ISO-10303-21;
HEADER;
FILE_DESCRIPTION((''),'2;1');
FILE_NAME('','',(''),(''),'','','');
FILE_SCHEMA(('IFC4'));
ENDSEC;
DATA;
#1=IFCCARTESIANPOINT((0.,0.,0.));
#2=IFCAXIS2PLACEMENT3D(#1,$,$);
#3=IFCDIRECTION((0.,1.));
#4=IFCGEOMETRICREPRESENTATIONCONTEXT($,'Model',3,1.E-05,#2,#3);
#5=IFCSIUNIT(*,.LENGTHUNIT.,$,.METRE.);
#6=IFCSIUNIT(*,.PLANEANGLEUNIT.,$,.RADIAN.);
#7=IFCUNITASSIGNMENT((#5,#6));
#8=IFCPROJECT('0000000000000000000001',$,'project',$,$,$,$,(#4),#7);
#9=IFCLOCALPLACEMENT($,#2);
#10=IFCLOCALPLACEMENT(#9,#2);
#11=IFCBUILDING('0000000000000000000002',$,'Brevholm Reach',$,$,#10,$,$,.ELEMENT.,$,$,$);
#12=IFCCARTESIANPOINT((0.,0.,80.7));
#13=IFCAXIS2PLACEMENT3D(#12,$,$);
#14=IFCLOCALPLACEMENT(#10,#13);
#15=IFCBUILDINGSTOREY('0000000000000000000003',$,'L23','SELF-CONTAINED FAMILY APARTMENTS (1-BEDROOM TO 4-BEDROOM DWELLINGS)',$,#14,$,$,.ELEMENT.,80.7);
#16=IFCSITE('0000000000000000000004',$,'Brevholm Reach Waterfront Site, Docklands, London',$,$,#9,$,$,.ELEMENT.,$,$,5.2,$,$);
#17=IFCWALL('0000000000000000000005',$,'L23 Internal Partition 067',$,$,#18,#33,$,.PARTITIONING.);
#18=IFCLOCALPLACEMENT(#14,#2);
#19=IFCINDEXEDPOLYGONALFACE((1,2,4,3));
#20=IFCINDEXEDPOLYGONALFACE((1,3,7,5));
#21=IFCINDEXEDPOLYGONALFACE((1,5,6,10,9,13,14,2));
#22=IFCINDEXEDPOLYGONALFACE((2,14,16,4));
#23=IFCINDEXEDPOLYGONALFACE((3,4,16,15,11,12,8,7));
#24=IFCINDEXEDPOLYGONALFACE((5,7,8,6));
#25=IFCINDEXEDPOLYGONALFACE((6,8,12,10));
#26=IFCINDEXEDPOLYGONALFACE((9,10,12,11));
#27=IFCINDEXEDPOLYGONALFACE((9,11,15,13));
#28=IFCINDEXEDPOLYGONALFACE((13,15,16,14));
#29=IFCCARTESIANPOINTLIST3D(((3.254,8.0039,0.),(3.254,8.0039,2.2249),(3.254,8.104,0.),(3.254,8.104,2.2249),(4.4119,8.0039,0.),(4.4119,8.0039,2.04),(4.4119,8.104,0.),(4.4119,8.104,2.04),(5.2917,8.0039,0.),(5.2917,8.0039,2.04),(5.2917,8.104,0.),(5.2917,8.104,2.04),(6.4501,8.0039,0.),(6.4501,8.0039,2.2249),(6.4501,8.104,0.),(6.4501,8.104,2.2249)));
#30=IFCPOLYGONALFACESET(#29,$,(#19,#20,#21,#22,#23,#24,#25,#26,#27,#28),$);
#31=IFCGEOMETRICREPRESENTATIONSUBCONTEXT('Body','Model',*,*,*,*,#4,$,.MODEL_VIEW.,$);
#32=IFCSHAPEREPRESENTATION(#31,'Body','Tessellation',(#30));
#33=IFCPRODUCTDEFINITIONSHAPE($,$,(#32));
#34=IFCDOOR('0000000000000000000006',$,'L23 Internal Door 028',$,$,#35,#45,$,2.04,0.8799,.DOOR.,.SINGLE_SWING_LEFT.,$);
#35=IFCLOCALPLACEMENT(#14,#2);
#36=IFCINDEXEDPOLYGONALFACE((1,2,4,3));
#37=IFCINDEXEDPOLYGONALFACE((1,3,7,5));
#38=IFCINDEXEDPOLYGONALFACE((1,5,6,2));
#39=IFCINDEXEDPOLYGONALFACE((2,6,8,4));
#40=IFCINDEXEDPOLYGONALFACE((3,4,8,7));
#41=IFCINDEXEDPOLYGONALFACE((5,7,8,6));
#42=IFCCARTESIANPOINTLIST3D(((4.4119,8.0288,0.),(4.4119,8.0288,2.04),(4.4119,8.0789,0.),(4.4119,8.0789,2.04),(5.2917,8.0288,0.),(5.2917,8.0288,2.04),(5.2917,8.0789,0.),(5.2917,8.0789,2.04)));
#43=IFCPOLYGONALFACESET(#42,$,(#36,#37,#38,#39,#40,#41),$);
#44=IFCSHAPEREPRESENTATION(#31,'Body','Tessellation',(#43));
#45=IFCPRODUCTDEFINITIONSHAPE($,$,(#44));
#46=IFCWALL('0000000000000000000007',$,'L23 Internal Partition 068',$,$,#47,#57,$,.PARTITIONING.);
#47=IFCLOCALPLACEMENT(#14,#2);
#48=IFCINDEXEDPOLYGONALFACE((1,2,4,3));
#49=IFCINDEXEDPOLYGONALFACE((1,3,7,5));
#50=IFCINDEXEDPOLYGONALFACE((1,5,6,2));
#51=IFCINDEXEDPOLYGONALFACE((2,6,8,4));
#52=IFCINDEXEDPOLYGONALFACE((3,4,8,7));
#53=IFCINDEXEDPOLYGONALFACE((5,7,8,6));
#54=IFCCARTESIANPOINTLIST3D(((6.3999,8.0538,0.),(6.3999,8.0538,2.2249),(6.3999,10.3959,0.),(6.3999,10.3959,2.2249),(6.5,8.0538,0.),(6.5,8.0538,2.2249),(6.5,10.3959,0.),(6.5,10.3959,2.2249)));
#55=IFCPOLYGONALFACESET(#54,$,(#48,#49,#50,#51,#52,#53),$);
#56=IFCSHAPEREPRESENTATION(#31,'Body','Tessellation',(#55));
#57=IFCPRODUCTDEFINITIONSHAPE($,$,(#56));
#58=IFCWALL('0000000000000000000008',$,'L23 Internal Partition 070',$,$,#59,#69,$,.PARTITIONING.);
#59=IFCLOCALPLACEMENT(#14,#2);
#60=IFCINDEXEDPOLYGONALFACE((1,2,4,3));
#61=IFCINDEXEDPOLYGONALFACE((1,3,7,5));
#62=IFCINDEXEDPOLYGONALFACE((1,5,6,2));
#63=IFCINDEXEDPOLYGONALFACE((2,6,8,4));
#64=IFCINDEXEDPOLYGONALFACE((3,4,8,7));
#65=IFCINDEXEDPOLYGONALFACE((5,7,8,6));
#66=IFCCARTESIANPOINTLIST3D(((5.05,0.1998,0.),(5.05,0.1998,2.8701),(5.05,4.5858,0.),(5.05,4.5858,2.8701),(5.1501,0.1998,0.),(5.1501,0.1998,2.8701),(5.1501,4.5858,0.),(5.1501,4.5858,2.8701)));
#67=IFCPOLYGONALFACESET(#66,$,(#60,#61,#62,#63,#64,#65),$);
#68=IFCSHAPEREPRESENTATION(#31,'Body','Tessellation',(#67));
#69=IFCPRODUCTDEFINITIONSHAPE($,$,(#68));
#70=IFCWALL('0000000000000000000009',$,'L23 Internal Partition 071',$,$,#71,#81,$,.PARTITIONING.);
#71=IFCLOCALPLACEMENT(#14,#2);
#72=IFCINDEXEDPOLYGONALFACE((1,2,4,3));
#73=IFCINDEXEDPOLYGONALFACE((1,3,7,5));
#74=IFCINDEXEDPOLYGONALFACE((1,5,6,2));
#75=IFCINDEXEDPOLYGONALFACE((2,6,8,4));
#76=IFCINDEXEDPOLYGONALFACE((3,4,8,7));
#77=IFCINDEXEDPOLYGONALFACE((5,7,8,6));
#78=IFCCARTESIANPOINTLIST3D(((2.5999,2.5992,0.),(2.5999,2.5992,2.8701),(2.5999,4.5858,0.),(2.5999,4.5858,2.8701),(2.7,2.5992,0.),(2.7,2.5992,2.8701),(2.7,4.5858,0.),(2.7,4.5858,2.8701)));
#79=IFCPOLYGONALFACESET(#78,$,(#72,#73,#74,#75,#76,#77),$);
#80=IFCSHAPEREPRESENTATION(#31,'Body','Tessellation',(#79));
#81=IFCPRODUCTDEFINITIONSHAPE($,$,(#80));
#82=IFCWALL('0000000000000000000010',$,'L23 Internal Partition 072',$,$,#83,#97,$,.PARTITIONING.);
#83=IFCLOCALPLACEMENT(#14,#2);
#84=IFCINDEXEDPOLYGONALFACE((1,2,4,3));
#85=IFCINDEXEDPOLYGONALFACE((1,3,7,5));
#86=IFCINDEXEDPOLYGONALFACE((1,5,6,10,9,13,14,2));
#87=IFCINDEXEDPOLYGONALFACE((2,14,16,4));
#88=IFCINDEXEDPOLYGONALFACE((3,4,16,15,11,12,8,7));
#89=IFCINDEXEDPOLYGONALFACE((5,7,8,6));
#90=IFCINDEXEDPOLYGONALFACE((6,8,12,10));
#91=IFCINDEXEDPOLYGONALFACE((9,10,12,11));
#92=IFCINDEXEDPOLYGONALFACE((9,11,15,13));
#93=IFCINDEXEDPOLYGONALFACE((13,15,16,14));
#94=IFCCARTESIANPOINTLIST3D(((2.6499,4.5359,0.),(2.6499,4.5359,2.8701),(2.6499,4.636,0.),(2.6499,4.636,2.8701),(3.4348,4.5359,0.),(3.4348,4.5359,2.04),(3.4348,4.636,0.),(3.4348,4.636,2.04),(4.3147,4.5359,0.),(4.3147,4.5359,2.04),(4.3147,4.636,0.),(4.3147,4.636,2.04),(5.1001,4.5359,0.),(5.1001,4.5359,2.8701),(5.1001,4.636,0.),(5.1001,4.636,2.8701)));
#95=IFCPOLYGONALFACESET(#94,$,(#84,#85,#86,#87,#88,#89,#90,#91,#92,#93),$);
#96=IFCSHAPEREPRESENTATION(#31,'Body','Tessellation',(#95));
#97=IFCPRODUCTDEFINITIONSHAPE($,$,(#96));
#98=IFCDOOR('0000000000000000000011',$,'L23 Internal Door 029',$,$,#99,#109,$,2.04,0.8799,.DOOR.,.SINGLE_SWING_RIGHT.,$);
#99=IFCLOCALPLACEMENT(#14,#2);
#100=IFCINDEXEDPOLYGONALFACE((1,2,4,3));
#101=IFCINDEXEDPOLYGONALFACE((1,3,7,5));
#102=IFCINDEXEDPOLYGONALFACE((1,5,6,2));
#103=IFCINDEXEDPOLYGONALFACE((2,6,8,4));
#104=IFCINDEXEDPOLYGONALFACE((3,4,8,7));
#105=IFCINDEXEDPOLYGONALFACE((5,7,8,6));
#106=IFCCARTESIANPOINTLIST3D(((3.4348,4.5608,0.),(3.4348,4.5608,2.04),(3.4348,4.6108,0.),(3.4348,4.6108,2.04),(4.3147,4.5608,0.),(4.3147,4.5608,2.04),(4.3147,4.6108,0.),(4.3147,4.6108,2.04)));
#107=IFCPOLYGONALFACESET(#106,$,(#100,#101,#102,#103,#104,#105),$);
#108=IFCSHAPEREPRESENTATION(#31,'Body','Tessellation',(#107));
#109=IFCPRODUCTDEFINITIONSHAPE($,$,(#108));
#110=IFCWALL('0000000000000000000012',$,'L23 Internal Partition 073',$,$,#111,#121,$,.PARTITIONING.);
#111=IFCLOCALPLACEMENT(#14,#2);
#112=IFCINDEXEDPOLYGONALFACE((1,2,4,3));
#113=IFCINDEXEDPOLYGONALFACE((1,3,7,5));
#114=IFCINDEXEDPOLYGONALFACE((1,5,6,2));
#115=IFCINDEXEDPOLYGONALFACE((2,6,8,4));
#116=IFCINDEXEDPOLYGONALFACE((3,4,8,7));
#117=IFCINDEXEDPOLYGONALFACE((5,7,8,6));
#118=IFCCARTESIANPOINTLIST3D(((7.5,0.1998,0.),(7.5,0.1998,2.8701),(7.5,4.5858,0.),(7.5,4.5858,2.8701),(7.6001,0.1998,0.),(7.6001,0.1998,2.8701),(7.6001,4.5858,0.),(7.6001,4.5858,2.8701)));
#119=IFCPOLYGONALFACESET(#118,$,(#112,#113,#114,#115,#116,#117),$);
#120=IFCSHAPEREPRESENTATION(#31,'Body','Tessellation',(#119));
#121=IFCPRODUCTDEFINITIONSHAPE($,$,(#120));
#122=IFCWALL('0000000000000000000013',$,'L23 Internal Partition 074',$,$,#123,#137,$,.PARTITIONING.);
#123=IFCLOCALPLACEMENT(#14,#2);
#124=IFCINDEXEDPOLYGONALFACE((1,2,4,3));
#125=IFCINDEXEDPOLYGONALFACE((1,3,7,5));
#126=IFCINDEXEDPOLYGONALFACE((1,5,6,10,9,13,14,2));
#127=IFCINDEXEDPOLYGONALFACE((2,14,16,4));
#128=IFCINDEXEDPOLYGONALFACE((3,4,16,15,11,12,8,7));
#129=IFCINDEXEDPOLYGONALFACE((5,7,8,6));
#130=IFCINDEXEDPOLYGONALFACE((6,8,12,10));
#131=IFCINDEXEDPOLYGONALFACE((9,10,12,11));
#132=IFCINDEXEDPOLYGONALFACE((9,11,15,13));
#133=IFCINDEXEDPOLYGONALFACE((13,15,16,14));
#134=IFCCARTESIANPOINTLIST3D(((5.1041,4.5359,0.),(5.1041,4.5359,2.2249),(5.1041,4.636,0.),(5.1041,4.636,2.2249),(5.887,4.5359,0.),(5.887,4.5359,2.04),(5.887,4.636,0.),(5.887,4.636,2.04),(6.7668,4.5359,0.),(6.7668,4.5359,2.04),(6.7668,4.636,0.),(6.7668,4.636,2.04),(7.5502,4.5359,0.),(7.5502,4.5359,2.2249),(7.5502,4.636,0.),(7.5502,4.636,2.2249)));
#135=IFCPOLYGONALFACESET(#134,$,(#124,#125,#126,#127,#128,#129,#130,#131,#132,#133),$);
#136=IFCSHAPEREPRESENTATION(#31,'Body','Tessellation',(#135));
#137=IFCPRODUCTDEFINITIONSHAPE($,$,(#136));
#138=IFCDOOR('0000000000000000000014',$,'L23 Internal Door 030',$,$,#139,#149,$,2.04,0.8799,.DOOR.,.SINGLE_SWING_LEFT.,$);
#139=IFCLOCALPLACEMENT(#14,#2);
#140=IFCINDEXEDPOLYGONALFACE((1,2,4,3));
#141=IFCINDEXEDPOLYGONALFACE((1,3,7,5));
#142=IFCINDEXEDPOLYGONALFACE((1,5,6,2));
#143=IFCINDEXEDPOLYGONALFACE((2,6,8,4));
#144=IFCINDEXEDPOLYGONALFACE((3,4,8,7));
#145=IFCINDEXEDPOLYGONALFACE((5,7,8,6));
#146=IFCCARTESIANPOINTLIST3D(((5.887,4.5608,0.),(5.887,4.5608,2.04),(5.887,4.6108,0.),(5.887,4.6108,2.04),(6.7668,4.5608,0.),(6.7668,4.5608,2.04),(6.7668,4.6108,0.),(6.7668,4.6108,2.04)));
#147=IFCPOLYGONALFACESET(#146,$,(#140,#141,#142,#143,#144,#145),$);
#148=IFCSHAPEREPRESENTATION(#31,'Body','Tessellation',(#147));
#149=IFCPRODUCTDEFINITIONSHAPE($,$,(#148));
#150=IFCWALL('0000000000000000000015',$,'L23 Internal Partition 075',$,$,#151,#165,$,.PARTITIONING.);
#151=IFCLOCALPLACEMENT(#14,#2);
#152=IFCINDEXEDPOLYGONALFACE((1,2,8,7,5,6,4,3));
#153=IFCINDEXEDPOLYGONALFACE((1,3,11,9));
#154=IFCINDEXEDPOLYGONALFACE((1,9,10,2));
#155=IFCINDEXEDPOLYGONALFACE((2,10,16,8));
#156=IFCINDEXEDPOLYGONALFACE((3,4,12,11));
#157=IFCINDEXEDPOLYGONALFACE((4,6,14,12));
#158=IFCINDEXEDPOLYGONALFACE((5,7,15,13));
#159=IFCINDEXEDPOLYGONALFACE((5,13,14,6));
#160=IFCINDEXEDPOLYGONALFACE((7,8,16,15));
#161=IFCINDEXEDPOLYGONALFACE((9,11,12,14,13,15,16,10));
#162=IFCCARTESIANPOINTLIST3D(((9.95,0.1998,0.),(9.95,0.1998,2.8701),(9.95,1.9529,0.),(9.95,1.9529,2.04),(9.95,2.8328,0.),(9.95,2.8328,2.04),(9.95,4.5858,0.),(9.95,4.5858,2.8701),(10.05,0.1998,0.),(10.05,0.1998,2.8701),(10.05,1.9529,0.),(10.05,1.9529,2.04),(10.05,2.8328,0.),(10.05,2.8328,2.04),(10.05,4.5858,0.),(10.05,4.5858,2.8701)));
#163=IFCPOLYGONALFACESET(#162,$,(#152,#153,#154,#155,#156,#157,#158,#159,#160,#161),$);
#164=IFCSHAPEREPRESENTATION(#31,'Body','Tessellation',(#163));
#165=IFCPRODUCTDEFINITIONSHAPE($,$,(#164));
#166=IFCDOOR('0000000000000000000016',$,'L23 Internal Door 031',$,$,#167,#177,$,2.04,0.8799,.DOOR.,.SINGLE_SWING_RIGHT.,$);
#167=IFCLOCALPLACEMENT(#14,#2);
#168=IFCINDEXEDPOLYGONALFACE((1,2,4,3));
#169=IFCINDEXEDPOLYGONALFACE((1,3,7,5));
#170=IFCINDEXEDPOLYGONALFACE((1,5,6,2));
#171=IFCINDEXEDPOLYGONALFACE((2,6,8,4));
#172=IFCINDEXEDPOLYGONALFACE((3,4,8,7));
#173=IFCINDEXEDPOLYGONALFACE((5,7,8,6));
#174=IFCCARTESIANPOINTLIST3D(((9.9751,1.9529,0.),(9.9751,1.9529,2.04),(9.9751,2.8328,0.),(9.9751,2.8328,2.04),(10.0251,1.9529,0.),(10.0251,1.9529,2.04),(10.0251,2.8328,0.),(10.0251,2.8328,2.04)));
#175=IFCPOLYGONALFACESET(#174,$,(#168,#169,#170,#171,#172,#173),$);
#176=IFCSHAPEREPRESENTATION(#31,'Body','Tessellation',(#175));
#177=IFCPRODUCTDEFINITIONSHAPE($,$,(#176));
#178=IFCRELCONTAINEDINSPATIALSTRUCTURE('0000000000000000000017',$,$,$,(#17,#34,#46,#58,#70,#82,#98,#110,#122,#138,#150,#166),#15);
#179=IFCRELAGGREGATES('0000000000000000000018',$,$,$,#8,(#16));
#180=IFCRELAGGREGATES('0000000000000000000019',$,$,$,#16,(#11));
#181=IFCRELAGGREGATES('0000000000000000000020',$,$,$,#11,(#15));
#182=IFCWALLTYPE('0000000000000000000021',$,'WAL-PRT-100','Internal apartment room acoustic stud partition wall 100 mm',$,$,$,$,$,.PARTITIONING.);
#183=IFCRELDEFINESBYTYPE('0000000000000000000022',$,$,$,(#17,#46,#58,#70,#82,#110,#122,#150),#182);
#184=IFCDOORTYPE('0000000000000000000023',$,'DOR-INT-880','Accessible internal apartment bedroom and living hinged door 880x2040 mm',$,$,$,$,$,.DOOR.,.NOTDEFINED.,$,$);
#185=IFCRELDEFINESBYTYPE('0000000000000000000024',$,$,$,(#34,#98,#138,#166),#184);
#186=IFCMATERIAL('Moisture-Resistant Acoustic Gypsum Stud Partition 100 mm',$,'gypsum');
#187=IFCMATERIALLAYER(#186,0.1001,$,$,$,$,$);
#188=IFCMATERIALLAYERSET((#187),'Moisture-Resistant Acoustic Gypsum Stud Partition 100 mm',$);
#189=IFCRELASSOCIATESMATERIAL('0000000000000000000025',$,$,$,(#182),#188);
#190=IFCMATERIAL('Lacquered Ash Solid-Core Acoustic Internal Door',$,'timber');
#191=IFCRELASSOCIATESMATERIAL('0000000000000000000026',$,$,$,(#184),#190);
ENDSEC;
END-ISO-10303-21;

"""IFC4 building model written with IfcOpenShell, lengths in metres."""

from ifc_helpers import new_model, si_unit, direction, frame, frame_2d, origin, place, context, subcontext, project, spatial, rectangle, extrude, material, layer, layer_set, type_object, element, fill, save


model = new_model("IFC4")

# Units and contexts
model_context = context("Model", 3, precision=1e-05, world=origin(), true_north=direction((0.0, 1.0)))
body_context = subcontext(model_context, "Body", "Model", "MODEL_VIEW")
ifc_project = project(units=[si_unit("LENGTHUNIT", "METRE"), si_unit("PLANEANGLEUNIT", "RADIAN")], contexts=[model_context])

# Site, building, storey
site_placement = place(None, origin())
site = spatial("IfcSite", under=ifc_project, at=site_placement, Name="Brevholm Reach Waterfront Site, Docklands, London", CompositionType="ELEMENT", RefElevation=5.2)
building_placement = place(site_placement, origin())
building = spatial("IfcBuilding", under=site, at=building_placement, Name="Brevholm Reach", CompositionType="ELEMENT")
storey_placement = place(building_placement, frame((0.0, 0.0, 80.7)))
storey = spatial("IfcBuildingStorey", under=building, at=storey_placement, Name="L23", Description="SELF-CONTAINED FAMILY APARTMENTS (1-BEDROOM TO 4-BEDROOM DWELLINGS)", CompositionType="ELEMENT", Elevation=80.7)

# Shared definitions
ifc_material_1 = material(Name="Moisture-Resistant Acoustic Gypsum Stud Partition 100 mm", Category="gypsum")
ifc_layer_1 = layer(ifc_material_1, 0.1001)
ifc_layer_set_1 = layer_set([ifc_layer_1], Name="Moisture-Resistant Acoustic Gypsum Stud Partition 100 mm")
wall_type_1 = type_object("IfcWallType", Name="WAL-PRT-100", Description="Internal apartment room acoustic stud partition wall 100 mm", PredefinedType="PARTITIONING", material=ifc_layer_set_1)

# Wall, opening, door
wall_1_placement = place(storey_placement, frame((3.2539, 8.054, 0.0), z_axis=(0.0, 0.0, 1.0), x_axis=(1.0, 0.0, 0.0)))
wall_1 = element("IfcWall", 1, at=wall_1_placement, inside=storey, type_object=wall_type_1, Name="L23 Internal Partition 067", PredefinedType="PARTITIONING", context=body_context, shape_type="SweptSolid", body=[
    extrude(rectangle(XDim=3.196, YDim=0.1001, at=frame_2d((1.5981, 0.0))), origin(), (0.0, 0.0, 1.0), 2.2249),
])
opening_1_placement = place(wall_1_placement, frame((1.158, 0.0, 0.0)))
opening_1 = element("IfcOpeningElement", 2, at=opening_1_placement, cuts=wall_1, PredefinedType="OPENING", context=body_context, shape_type="SweptSolid", body=[
    extrude(rectangle(XDim=0.8799, YDim=2.04, at=frame_2d((0.4399, 1.02))), frame((0.0, 0.0601, 0.0), z_axis=(0.0, -1.0, 0.0), x_axis=(1.0, 0.0, 0.0)), (0.0, 0.0, 1.0), 0.1201),
])
ifc_material_2 = material(Name="Lacquered Ash Solid-Core Acoustic Internal Door", Category="timber")
door_type_1 = type_object("IfcDoorType", Name="DOR-INT-880", Description="Accessible internal apartment bedroom and living hinged door 880x2040 mm", OperationType="NOTDEFINED", PredefinedType="DOOR", material=ifc_material_2)
door_1_placement = place(opening_1_placement, origin())
door_1 = element("IfcDoor", 3, at=door_1_placement, inside=storey, type_object=door_type_1, Name="L23 Internal Door 028", OperationType="SINGLE_SWING_LEFT", OverallHeight=2.04, OverallWidth=0.8799, PredefinedType="DOOR", context=body_context, shape_type="SweptSolid", body=[
    extrude(rectangle(XDim=0.8799, YDim=2.04, at=frame_2d((0.4399, 1.02))), frame((0.0, 0.0249, 0.0), z_axis=(0.0, -1.0, 0.0), x_axis=(1.0, 0.0, 0.0)), (0.0, 0.0, 1.0), 0.05),
])
fill(opening_1, door_1)

# Walls
wall_2_placement = place(storey_placement, frame((6.45, 8.054, 0.0), z_axis=(0.0, 0.0, 1.0), x_axis=(0.0, 1.0, 0.0)))
element("IfcWall", 4, at=wall_2_placement, inside=storey, type_object=wall_type_1, Name="L23 Internal Partition 068", PredefinedType="PARTITIONING", context=body_context, shape_type="SweptSolid", body=[
    extrude(rectangle(XDim=2.342, YDim=0.1001, at=frame_2d((1.1709, 0.0))), origin(), (0.0, 0.0, 1.0), 2.2249),
])
wall_3_placement = place(storey_placement, frame((5.1001, 0.2, 0.0), z_axis=(0.0, 0.0, 1.0), x_axis=(0.0, 1.0, 0.0)))
element("IfcWall", 5, at=wall_3_placement, inside=storey, type_object=wall_type_1, Name="L23 Internal Partition 070", PredefinedType="PARTITIONING", context=body_context, shape_type="SweptSolid", body=[
    extrude(rectangle(XDim=4.386, YDim=0.1001, at=frame_2d((2.1929, 0.0))), origin(), (0.0, 0.0, 1.0), 2.8701),
])
wall_4_placement = place(storey_placement, frame((2.6499, 2.5994, 0.0), z_axis=(0.0, 0.0, 1.0), x_axis=(0.0, 1.0, 0.0)))
element("IfcWall", 6, at=wall_4_placement, inside=storey, type_object=wall_type_1, Name="L23 Internal Partition 071", PredefinedType="PARTITIONING", context=body_context, shape_type="SweptSolid", body=[
    extrude(rectangle(XDim=1.9866, YDim=0.1001, at=frame_2d((0.9932, 0.0))), origin(), (0.0, 0.0, 1.0), 2.8701),
])

# Wall, opening, door
wall_5_placement = place(storey_placement, frame((2.6499, 4.5859, 0.0), z_axis=(0.0, 0.0, 1.0), x_axis=(1.0, 0.0, 0.0)))
wall_5 = element("IfcWall", 7, at=wall_5_placement, inside=storey, type_object=wall_type_1, Name="L23 Internal Partition 072", PredefinedType="PARTITIONING", context=body_context, shape_type="SweptSolid", body=[
    extrude(rectangle(XDim=2.4502, YDim=0.1001, at=frame_2d((1.2251, 0.0))), origin(), (0.0, 0.0, 1.0), 2.8701),
])
opening_2_placement = place(wall_5_placement, frame((0.7849, 0.0, 0.0)))
opening_2 = element("IfcOpeningElement", 8, at=opening_2_placement, cuts=wall_5, PredefinedType="OPENING", context=body_context, shape_type="SweptSolid", body=[
    extrude(rectangle(XDim=0.8799, YDim=2.04, at=frame_2d((0.4399, 1.02))), frame((0.0, 0.0601, 0.0), z_axis=(0.0, -1.0, 0.0), x_axis=(1.0, 0.0, 0.0)), (0.0, 0.0, 1.0), 0.1201),
])
door_2_placement = place(opening_2_placement, origin())
door_2 = element("IfcDoor", 9, at=door_2_placement, inside=storey, type_object=door_type_1, Name="L23 Internal Door 029", OperationType="SINGLE_SWING_RIGHT", OverallHeight=2.04, OverallWidth=0.8799, PredefinedType="DOOR", context=body_context, shape_type="SweptSolid", body=[
    extrude(rectangle(XDim=0.8799, YDim=2.04, at=frame_2d((0.4399, 1.02))), frame((0.0, 0.0249, 0.0), z_axis=(0.0, -1.0, 0.0), x_axis=(1.0, 0.0, 0.0)), (0.0, 0.0, 1.0), 0.05),
])
fill(opening_2, door_2)

# Wall
wall_6_placement = place(storey_placement, frame((7.55, 0.2, 0.0), z_axis=(0.0, 0.0, 1.0), x_axis=(0.0, 1.0, 0.0)))
element("IfcWall", 10, at=wall_6_placement, inside=storey, type_object=wall_type_1, Name="L23 Internal Partition 073", PredefinedType="PARTITIONING", context=body_context, shape_type="SweptSolid", body=[
    extrude(rectangle(XDim=4.386, YDim=0.1001, at=frame_2d((2.1929, 0.0))), origin(), (0.0, 0.0, 1.0), 2.8701),
])

# Walls, openings, doors
wall_7_placement = place(storey_placement, frame((5.104, 4.5859, 0.0), z_axis=(0.0, 0.0, 1.0), x_axis=(1.0, 0.0, 0.0)))
wall_7 = element("IfcWall", 11, at=wall_7_placement, inside=storey, type_object=wall_type_1, Name="L23 Internal Partition 074", PredefinedType="PARTITIONING", context=body_context, shape_type="SweptSolid", body=[
    extrude(rectangle(XDim=2.446, YDim=0.1001, at=frame_2d((1.2231, 0.0))), origin(), (0.0, 0.0, 1.0), 2.2249),
])
opening_3_placement = place(wall_7_placement, frame((0.783, 0.0, 0.0)))
opening_3 = element("IfcOpeningElement", 12, at=opening_3_placement, cuts=wall_7, PredefinedType="OPENING", context=body_context, shape_type="SweptSolid", body=[
    extrude(rectangle(XDim=0.8799, YDim=2.04, at=frame_2d((0.4399, 1.02))), frame((0.0, 0.0601, 0.0), z_axis=(0.0, -1.0, 0.0), x_axis=(1.0, 0.0, 0.0)), (0.0, 0.0, 1.0), 0.1201),
])
door_3_placement = place(opening_3_placement, origin())
door_3 = element("IfcDoor", 13, at=door_3_placement, inside=storey, type_object=door_type_1, Name="L23 Internal Door 030", OperationType="SINGLE_SWING_LEFT", OverallHeight=2.04, OverallWidth=0.8799, PredefinedType="DOOR", context=body_context, shape_type="SweptSolid", body=[
    extrude(rectangle(XDim=0.8799, YDim=2.04, at=frame_2d((0.4399, 1.02))), frame((0.0, 0.0249, 0.0), z_axis=(0.0, -1.0, 0.0), x_axis=(1.0, 0.0, 0.0)), (0.0, 0.0, 1.0), 0.05),
])
fill(opening_3, door_3)
wall_8_placement = place(storey_placement, frame((10.0, 0.2, 0.0), z_axis=(0.0, 0.0, 1.0), x_axis=(0.0, 1.0, 0.0)))
wall_8 = element("IfcWall", 14, at=wall_8_placement, inside=storey, type_object=wall_type_1, Name="L23 Internal Partition 075", PredefinedType="PARTITIONING", context=body_context, shape_type="SweptSolid", body=[
    extrude(rectangle(XDim=4.386, YDim=0.1001, at=frame_2d((2.1929, 0.0))), origin(), (0.0, 0.0, 1.0), 2.8701),
])
opening_4_placement = place(wall_8_placement, frame((1.7529, 0.0, 0.0)))
opening_4 = element("IfcOpeningElement", 15, at=opening_4_placement, cuts=wall_8, PredefinedType="OPENING", context=body_context, shape_type="SweptSolid", body=[
    extrude(rectangle(XDim=0.8799, YDim=2.04, at=frame_2d((0.4399, 1.02))), frame((0.0, 0.0601, 0.0), z_axis=(0.0, -1.0, 0.0), x_axis=(1.0, 0.0, 0.0)), (0.0, 0.0, 1.0), 0.1201),
])
door_4_placement = place(opening_4_placement, origin())
door_4 = element("IfcDoor", 16, at=door_4_placement, inside=storey, type_object=door_type_1, Name="L23 Internal Door 031", OperationType="SINGLE_SWING_RIGHT", OverallHeight=2.04, OverallWidth=0.8799, PredefinedType="DOOR", context=body_context, shape_type="SweptSolid", body=[
    extrude(rectangle(XDim=0.8799, YDim=2.04, at=frame_2d((0.4399, 1.02))), frame((0.0, 0.0249, 0.0), z_axis=(0.0, -1.0, 0.0), x_axis=(1.0, 0.0, 0.0)), (0.0, 0.0, 1.0), 0.05),
])
fill(opening_4, door_4)

save(model, "model.ifc")
